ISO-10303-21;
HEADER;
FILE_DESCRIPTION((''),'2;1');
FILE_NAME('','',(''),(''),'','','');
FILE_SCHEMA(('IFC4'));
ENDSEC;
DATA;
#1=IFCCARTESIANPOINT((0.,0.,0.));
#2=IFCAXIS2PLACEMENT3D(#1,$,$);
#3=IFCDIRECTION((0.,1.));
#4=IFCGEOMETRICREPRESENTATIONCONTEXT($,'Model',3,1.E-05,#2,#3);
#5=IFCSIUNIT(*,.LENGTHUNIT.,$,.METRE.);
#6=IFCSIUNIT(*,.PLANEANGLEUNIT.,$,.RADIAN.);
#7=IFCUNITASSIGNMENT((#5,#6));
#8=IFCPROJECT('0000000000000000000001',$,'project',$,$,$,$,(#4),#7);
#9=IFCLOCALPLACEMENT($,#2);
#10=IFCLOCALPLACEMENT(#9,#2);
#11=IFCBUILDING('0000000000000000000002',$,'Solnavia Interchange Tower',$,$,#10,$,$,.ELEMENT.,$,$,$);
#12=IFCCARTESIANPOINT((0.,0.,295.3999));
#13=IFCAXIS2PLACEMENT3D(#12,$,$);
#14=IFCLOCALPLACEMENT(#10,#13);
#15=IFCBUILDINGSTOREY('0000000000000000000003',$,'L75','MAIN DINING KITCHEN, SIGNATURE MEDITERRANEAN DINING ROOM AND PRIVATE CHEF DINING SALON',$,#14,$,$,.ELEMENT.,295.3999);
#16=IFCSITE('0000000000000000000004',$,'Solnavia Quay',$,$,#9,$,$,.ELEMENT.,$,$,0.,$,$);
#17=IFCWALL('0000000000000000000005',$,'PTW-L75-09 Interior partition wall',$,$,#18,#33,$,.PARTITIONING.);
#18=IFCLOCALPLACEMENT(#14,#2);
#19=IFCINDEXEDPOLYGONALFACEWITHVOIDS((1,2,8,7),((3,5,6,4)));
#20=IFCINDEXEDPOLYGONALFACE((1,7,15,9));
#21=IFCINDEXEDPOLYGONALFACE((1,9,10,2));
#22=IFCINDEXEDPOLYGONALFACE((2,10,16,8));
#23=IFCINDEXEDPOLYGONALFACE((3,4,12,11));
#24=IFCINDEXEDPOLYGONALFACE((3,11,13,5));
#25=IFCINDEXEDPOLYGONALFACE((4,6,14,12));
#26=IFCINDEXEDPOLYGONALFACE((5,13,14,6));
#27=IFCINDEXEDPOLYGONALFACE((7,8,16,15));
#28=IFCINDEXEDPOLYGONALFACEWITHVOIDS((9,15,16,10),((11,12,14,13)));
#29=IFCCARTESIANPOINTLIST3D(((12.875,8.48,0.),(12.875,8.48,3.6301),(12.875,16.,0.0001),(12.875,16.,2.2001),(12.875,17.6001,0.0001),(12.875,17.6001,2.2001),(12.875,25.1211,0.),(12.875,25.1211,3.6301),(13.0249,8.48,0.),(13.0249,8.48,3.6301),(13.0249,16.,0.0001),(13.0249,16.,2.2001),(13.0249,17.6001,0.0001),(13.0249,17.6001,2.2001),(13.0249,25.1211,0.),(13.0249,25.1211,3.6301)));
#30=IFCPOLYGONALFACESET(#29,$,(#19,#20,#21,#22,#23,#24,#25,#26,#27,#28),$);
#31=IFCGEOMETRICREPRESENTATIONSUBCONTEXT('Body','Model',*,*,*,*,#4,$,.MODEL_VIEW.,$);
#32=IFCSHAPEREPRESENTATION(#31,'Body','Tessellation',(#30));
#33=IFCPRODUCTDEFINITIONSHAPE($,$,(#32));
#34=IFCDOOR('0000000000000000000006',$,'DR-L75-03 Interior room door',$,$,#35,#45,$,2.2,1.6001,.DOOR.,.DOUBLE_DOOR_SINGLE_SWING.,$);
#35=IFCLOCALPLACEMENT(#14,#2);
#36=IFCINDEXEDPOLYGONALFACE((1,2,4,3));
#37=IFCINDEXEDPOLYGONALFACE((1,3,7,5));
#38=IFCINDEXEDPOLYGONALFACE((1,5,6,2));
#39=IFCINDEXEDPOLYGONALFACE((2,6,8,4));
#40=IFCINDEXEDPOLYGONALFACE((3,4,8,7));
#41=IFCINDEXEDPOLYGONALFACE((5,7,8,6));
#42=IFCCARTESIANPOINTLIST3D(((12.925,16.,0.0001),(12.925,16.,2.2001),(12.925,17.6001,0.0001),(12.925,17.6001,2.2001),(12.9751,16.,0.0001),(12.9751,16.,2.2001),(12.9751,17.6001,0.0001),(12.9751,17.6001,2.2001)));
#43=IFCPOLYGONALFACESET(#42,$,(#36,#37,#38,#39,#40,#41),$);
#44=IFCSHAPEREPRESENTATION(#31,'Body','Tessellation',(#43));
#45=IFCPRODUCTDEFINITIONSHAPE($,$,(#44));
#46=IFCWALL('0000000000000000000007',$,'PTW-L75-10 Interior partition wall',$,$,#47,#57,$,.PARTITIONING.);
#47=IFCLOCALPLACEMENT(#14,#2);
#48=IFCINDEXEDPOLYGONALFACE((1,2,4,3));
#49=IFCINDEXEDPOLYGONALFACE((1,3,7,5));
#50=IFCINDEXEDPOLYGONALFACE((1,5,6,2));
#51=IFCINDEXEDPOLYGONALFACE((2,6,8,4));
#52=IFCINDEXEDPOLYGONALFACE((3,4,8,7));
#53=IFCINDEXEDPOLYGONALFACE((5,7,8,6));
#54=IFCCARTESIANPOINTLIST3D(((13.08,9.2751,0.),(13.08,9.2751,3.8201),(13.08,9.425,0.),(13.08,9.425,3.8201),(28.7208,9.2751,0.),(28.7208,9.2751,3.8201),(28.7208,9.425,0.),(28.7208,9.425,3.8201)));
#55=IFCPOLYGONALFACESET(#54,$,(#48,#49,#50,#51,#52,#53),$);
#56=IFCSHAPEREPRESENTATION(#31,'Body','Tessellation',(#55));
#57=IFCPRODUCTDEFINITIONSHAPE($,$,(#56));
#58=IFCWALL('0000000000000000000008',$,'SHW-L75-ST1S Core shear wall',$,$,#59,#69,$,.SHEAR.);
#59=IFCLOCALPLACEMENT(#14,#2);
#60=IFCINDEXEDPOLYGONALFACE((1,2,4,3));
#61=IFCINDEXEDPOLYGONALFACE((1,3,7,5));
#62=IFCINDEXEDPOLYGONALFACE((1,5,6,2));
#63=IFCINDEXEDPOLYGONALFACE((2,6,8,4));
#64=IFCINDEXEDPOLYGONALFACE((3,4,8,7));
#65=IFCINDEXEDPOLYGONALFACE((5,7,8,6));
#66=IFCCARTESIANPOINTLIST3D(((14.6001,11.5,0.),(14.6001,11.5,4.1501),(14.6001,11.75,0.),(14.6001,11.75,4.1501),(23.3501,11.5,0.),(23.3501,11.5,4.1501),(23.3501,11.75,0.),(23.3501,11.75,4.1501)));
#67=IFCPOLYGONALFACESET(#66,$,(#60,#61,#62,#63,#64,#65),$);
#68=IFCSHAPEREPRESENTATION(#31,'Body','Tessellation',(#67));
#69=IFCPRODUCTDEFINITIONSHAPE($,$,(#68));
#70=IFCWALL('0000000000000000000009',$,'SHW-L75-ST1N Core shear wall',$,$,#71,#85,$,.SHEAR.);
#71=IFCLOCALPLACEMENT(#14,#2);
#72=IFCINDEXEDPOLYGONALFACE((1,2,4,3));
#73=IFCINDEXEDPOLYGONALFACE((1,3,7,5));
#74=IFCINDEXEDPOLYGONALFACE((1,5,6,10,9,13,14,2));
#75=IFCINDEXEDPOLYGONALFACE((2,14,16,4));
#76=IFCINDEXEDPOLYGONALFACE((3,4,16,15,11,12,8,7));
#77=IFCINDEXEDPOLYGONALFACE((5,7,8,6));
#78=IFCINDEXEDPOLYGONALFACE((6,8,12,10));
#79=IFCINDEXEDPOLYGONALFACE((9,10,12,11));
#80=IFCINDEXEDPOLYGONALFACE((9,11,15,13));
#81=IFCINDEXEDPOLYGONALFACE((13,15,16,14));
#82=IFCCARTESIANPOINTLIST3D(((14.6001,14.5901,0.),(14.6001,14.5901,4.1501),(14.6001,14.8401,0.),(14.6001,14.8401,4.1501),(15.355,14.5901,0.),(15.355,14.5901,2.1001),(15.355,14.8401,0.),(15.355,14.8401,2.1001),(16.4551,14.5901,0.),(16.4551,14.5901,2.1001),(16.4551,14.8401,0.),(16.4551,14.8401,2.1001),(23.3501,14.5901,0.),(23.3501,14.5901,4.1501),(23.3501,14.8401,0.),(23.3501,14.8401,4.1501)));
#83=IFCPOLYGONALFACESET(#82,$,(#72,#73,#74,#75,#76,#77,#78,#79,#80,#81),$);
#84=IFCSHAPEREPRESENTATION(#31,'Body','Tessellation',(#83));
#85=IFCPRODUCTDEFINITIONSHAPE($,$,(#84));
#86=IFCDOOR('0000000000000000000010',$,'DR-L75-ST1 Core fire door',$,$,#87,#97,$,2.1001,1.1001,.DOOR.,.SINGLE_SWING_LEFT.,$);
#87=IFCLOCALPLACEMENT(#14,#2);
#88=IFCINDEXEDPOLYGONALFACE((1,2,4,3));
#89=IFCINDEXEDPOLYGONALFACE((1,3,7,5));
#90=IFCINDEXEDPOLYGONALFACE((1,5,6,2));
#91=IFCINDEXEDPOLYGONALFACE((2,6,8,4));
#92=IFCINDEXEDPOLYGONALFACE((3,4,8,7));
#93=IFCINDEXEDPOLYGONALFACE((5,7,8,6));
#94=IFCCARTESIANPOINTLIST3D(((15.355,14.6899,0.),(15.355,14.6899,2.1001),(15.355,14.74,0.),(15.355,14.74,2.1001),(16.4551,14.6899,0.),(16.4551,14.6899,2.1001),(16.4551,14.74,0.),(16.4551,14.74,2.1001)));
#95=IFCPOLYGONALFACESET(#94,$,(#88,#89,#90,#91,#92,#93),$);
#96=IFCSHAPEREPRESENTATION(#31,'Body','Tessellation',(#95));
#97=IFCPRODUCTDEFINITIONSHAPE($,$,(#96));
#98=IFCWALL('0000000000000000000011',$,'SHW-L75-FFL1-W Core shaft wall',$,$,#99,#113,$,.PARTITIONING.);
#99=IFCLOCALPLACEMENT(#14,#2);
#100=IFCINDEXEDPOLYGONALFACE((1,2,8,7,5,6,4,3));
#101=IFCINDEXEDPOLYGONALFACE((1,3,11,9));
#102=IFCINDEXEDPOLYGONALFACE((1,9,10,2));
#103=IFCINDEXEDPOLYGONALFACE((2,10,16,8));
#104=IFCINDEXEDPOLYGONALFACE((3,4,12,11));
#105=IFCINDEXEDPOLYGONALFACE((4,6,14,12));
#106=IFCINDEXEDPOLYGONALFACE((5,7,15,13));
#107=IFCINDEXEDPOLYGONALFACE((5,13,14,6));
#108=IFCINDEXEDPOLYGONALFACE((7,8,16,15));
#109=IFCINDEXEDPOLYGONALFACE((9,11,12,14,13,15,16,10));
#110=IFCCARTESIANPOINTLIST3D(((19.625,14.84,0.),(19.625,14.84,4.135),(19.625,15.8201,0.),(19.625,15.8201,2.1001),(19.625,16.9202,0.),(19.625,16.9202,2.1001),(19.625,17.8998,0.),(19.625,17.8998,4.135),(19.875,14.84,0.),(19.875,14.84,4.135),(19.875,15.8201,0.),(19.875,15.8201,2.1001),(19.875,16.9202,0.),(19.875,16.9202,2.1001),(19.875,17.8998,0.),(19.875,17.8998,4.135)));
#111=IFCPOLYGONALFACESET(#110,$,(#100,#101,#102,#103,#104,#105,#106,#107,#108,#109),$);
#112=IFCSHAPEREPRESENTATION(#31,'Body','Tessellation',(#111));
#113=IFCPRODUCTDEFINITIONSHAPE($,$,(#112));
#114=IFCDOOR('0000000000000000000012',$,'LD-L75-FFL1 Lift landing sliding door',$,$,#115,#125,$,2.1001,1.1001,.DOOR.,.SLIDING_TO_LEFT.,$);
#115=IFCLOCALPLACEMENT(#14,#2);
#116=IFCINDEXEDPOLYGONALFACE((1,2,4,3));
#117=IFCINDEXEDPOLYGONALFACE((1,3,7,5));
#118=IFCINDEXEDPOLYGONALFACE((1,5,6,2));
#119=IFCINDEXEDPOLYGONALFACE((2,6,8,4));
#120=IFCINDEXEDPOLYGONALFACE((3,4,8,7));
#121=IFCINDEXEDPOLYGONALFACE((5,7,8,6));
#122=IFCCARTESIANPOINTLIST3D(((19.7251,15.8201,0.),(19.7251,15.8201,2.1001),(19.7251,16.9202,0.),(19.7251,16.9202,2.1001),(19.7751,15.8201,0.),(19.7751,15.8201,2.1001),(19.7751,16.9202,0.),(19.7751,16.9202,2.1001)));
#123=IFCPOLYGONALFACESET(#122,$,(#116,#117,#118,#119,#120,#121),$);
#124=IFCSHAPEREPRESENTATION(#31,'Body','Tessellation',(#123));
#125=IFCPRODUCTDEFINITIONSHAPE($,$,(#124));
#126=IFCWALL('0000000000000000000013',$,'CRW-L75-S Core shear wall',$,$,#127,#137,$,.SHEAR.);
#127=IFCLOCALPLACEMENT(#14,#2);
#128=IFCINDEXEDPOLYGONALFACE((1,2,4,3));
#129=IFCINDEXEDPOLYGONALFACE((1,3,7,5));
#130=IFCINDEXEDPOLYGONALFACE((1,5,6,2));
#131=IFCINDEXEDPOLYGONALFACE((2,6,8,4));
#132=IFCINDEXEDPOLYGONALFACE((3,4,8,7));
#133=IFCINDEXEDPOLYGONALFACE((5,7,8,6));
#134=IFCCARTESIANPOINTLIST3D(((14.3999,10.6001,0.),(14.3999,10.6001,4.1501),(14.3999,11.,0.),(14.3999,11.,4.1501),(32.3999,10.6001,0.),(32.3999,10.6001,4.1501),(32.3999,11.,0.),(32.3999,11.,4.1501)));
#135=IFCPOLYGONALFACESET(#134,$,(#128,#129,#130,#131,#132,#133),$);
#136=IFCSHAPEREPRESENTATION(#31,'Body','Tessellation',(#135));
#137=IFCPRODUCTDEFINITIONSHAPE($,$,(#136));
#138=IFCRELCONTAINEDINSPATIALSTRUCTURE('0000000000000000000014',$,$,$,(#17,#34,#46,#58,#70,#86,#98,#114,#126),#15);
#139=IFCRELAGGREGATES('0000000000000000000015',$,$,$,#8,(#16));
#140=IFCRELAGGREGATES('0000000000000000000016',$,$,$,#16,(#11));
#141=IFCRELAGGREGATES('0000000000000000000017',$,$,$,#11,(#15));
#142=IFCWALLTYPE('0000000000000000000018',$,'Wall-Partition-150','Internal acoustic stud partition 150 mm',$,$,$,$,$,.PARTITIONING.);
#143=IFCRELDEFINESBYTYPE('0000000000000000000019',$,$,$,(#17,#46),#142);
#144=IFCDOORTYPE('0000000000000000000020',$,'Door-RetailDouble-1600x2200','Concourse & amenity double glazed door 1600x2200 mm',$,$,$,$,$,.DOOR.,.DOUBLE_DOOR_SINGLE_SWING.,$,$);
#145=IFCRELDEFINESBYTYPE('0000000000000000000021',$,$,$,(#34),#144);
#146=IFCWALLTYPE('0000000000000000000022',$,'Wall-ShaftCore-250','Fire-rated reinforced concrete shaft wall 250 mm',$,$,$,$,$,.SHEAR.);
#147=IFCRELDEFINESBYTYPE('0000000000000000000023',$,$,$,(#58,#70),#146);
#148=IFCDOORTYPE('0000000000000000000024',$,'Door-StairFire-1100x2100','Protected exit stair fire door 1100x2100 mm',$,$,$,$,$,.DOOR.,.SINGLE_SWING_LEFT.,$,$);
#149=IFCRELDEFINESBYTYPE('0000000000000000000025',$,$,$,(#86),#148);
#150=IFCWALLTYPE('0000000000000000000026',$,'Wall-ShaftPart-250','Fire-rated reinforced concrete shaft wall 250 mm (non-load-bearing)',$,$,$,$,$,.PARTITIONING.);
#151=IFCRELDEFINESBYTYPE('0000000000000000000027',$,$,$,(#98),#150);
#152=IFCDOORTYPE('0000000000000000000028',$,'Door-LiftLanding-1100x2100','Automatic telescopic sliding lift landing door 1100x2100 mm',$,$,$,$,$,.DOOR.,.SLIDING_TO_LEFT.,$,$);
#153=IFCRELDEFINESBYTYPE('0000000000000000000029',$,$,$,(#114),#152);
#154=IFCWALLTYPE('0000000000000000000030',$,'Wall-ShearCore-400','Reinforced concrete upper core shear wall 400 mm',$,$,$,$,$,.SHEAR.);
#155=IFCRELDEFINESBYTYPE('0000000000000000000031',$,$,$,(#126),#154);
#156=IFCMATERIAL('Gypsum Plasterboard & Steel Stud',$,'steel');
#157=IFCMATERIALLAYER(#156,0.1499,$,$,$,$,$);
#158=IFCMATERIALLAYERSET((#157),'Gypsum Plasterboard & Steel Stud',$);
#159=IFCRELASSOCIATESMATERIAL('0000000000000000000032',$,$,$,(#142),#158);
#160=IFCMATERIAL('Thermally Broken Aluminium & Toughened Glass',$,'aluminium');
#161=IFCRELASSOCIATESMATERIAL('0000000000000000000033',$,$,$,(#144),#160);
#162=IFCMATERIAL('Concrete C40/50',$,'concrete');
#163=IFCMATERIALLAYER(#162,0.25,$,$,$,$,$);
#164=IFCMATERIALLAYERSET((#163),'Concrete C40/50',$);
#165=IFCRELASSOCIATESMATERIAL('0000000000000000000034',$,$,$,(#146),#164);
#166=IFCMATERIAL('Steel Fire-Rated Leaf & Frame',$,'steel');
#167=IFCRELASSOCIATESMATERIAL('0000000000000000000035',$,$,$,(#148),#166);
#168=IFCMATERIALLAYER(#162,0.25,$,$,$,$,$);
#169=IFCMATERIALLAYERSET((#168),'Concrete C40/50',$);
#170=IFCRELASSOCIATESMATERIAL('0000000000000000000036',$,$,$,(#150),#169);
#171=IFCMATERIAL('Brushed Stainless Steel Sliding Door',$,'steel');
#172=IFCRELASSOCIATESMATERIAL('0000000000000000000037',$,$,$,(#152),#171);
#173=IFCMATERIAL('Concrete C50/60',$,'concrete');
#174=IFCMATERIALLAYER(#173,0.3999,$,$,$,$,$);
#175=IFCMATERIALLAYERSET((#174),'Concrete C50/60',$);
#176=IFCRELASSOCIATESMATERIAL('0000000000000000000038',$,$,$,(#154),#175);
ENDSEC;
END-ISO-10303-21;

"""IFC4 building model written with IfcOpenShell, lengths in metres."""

from ifc_helpers import new_model, si_unit, direction, frame, frame_2d, origin, place, context, subcontext, project, spatial, rectangle, extrude, material, layer, layer_set, type_object, element, fill, save


model = new_model("IFC4")

# Units and contexts
model_context = context("Model", 3, precision=1e-05, world=origin(), true_north=direction((0.0, 1.0)))
body_context = subcontext(model_context, "Body", "Model", "MODEL_VIEW")
ifc_project = project(units=[si_unit("LENGTHUNIT", "METRE"), si_unit("PLANEANGLEUNIT", "RADIAN")], contexts=[model_context])

# Site, building, storey
site_placement = place(None, origin())
site = spatial("IfcSite", under=ifc_project, at=site_placement, Name="Solnavia Quay", CompositionType="ELEMENT", RefElevation=0.0)
building_placement = place(site_placement, origin())
building = spatial("IfcBuilding", under=site, at=building_placement, Name="Solnavia Interchange Tower", CompositionType="ELEMENT")
storey_placement = place(building_placement, frame((0.0, 0.0, 295.3999)))
storey = spatial("IfcBuildingStorey", under=building, at=storey_placement, Name="L75", Description="MAIN DINING KITCHEN, SIGNATURE MEDITERRANEAN DINING ROOM AND PRIVATE CHEF DINING SALON", CompositionType="ELEMENT", Elevation=295.3999)

# Shared definitions
ifc_material_1 = material(Name="Concrete C50/60", Category="concrete")

# Wall, opening, door
ifc_material_2 = material(Name="Gypsum Plasterboard & Steel Stud", Category="steel")
ifc_layer_1 = layer(ifc_material_2, 0.1499)
ifc_layer_set_1 = layer_set([ifc_layer_1], Name="Gypsum Plasterboard & Steel Stud")
wall_type_1 = type_object("IfcWallType", Name="Wall-Partition-150", Description="Internal acoustic stud partition 150 mm", PredefinedType="PARTITIONING", material=ifc_layer_set_1)
wall_1_placement = place(storey_placement, frame((12.95, 8.48, 0.0), z_axis=(0.0, 0.0, 1.0), x_axis=(0.0, 1.0, 0.0)))
wall_1 = element("IfcWall", 1, at=wall_1_placement, inside=storey, type_object=wall_type_1, Name="PTW-L75-09 Interior partition wall", PredefinedType="PARTITIONING", context=body_context, shape_type="SweptSolid", body=[
    extrude(rectangle(XDim=16.6411, YDim=0.1499, at=frame_2d((8.3206, 0.0))), origin(), (0.0, 0.0, 1.0), 3.6301),
])
opening_1_placement = place(wall_1_placement, frame((7.52, 0.0, 0.0)))
opening_1 = element("IfcOpeningElement", 2, at=opening_1_placement, cuts=wall_1, PredefinedType="OPENING", context=body_context, shape_type="SweptSolid", body=[
    extrude(rectangle(XDim=1.6001, YDim=2.2, at=frame_2d((0.8, 1.1001))), frame((0.0, 0.085, 0.0), z_axis=(0.0, -1.0, 0.0), x_axis=(1.0, 0.0, 0.0)), (0.0, 0.0, 1.0), 0.1699),
])
ifc_material_3 = material(Name="Thermally Broken Aluminium & Toughened Glass", Category="aluminium")
door_type_1 = type_object("IfcDoorType", Name="Door-RetailDouble-1600x2200", Description="Concourse & amenity double glazed door 1600x2200 mm", OperationType="DOUBLE_DOOR_SINGLE_SWING", PredefinedType="DOOR", material=ifc_material_3)
door_1_placement = place(opening_1_placement, origin())
door_1 = element("IfcDoor", 3, at=door_1_placement, inside=storey, type_object=door_type_1, Name="DR-L75-03 Interior room door", OperationType="DOUBLE_DOOR_SINGLE_SWING", OverallHeight=2.2, OverallWidth=1.6001, PredefinedType="DOOR", context=body_context, shape_type="SweptSolid", body=[
    extrude(rectangle(XDim=1.6001, YDim=2.2, at=frame_2d((0.8, 1.1001))), frame((0.0, 0.0249, 0.0), z_axis=(0.0, -1.0, 0.0), x_axis=(1.0, 0.0, 0.0)), (0.0, 0.0, 1.0), 0.05),
])
fill(opening_1, door_1)

# Walls
wall_2_placement = place(storey_placement, frame((13.0801, 9.3501, 0.0), z_axis=(0.0, 0.0, 1.0), x_axis=(1.0, 0.0, 0.0)))
element("IfcWall", 4, at=wall_2_placement, inside=storey, type_object=wall_type_1, Name="PTW-L75-10 Interior partition wall", PredefinedType="PARTITIONING", context=body_context, shape_type="SweptSolid", body=[
    extrude(rectangle(XDim=15.6409, YDim=0.1499, at=frame_2d((7.8203, 0.0))), origin(), (0.0, 0.0, 1.0), 3.8201),
])
ifc_material_4 = material(Name="Concrete C40/50", Category="concrete")
ifc_layer_2 = layer(ifc_material_4, 0.25)
ifc_layer_set_2 = layer_set([ifc_layer_2], Name="Concrete C40/50")
wall_type_2 = type_object("IfcWallType", Name="Wall-ShaftCore-250", Description="Fire-rated reinforced concrete shaft wall 250 mm", PredefinedType="SHEAR", material=ifc_layer_set_2)
wall_3_placement = place(storey_placement, frame((14.6001, 11.625, 0.0), z_axis=(0.0, 0.0, 1.0), x_axis=(1.0, 0.0, 0.0)))
element("IfcWall", 5, at=wall_3_placement, inside=storey, type_object=wall_type_2, Name="SHW-L75-ST1S Core shear wall", PredefinedType="SHEAR", context=body_context, shape_type="SweptSolid", body=[
    extrude(rectangle(XDim=8.75, YDim=0.25, at=frame_2d((4.375, 0.0))), origin(), (0.0, 0.0, 1.0), 4.1501),
])

# Walls, openings, doors
wall_4_placement = place(storey_placement, frame((14.6001, 14.7151, 0.0), z_axis=(0.0, 0.0, 1.0), x_axis=(1.0, 0.0, 0.0)))
wall_4 = element("IfcWall", 6, at=wall_4_placement, inside=storey, type_object=wall_type_2, Name="SHW-L75-ST1N Core shear wall", PredefinedType="SHEAR", context=body_context, shape_type="SweptSolid", body=[
    extrude(rectangle(XDim=8.75, YDim=0.25, at=frame_2d((4.375, 0.0))), origin(), (0.0, 0.0, 1.0), 4.1501),
])
opening_2_placement = place(wall_4_placement, frame((0.7549, 0.0, 0.0)))
opening_2 = element("IfcOpeningElement", 7, at=opening_2_placement, cuts=wall_4, PredefinedType="OPENING", context=body_context, shape_type="SweptSolid", body=[
    extrude(rectangle(XDim=1.1001, YDim=2.1001, at=frame_2d((0.55, 1.05))), frame((0.0, 0.135, 0.0), z_axis=(0.0, -1.0, 0.0), x_axis=(1.0, 0.0, 0.0)), (0.0, 0.0, 1.0), 0.27),
])
ifc_material_5 = material(Name="Steel Fire-Rated Leaf & Frame", Category="steel")
door_type_2 = type_object("IfcDoorType", Name="Door-StairFire-1100x2100", Description="Protected exit stair fire door 1100x2100 mm", OperationType="SINGLE_SWING_LEFT", PredefinedType="DOOR", material=ifc_material_5)
door_2_placement = place(opening_2_placement, origin())
door_2 = element("IfcDoor", 8, at=door_2_placement, inside=storey, type_object=door_type_2, Name="DR-L75-ST1 Core fire door", OperationType="SINGLE_SWING_LEFT", OverallHeight=2.1001, OverallWidth=1.1001, PredefinedType="DOOR", context=body_context, shape_type="SweptSolid", body=[
    extrude(rectangle(XDim=1.1001, YDim=2.1001, at=frame_2d((0.55, 1.05))), frame((0.0, 0.0249, 0.0), z_axis=(0.0, -1.0, 0.0), x_axis=(1.0, 0.0, 0.0)), (0.0, 0.0, 1.0), 0.05),
])
fill(opening_2, door_2)
ifc_layer_3 = layer(ifc_material_4, 0.25)
ifc_layer_set_3 = layer_set([ifc_layer_3], Name="Concrete C40/50")
wall_type_3 = type_object("IfcWallType", Name="Wall-ShaftPart-250", Description="Fire-rated reinforced concrete shaft wall 250 mm (non-load-bearing)", PredefinedType="PARTITIONING", material=ifc_layer_set_3)
wall_5_placement = place(storey_placement, frame((19.75, 14.8401, 0.0), z_axis=(0.0, 0.0, 1.0), x_axis=(0.0, 1.0, 0.0)))
wall_5 = element("IfcWall", 9, at=wall_5_placement, inside=storey, type_object=wall_type_3, Name="SHW-L75-FFL1-W Core shaft wall", PredefinedType="PARTITIONING", context=body_context, shape_type="SweptSolid", body=[
    extrude(rectangle(XDim=3.0598, YDim=0.25, at=frame_2d((1.5298, 0.0))), origin(), (0.0, 0.0, 1.0), 4.135),
])
opening_3_placement = place(wall_5_placement, frame((0.98, 0.0, 0.0)))
opening_3 = element("IfcOpeningElement", 10, at=opening_3_placement, cuts=wall_5, PredefinedType="OPENING", context=body_context, shape_type="SweptSolid", body=[
    extrude(rectangle(XDim=1.1001, YDim=2.1001, at=frame_2d((0.55, 1.05))), frame((0.0, 0.135, 0.0), z_axis=(0.0, -1.0, 0.0), x_axis=(1.0, 0.0, 0.0)), (0.0, 0.0, 1.0), 0.27),
])
ifc_material_6 = material(Name="Brushed Stainless Steel Sliding Door", Category="steel")
door_type_3 = type_object("IfcDoorType", Name="Door-LiftLanding-1100x2100", Description="Automatic telescopic sliding lift landing door 1100x2100 mm", OperationType="SLIDING_TO_LEFT", PredefinedType="DOOR", material=ifc_material_6)
door_3_placement = place(opening_3_placement, origin())
door_3 = element("IfcDoor", 11, at=door_3_placement, inside=storey, type_object=door_type_3, Name="LD-L75-FFL1 Lift landing sliding door", OperationType="SLIDING_TO_LEFT", OverallHeight=2.1001, OverallWidth=1.1001, PredefinedType="DOOR", context=body_context, shape_type="SweptSolid", body=[
    extrude(rectangle(XDim=1.1001, YDim=2.1001, at=frame_2d((0.55, 1.05))), frame((0.0, 0.0249, 0.0), z_axis=(0.0, -1.0, 0.0), x_axis=(1.0, 0.0, 0.0)), (0.0, 0.0, 1.0), 0.05),
])
fill(opening_3, door_3)

# Wall
ifc_layer_4 = layer(ifc_material_1, 0.3999)
ifc_layer_set_4 = layer_set([ifc_layer_4], Name="Concrete C50/60")
wall_type_4 = type_object("IfcWallType", Name="Wall-ShearCore-400", Description="Reinforced concrete upper core shear wall 400 mm", PredefinedType="SHEAR", material=ifc_layer_set_4)
wall_6_placement = place(storey_placement, frame((14.3999, 10.8, 0.0), z_axis=(0.0, 0.0, 1.0), x_axis=(1.0, 0.0, 0.0)))
element("IfcWall", 12, at=wall_6_placement, inside=storey, type_object=wall_type_4, Name="CRW-L75-S Core shear wall", PredefinedType="SHEAR", context=body_context, shape_type="SweptSolid", body=[
    extrude(rectangle(XDim=18.0, YDim=0.3999, at=frame_2d((9.0, 0.0))), origin(), (0.0, 0.0, 1.0), 4.1501),
])

save(model, "model.ifc")
